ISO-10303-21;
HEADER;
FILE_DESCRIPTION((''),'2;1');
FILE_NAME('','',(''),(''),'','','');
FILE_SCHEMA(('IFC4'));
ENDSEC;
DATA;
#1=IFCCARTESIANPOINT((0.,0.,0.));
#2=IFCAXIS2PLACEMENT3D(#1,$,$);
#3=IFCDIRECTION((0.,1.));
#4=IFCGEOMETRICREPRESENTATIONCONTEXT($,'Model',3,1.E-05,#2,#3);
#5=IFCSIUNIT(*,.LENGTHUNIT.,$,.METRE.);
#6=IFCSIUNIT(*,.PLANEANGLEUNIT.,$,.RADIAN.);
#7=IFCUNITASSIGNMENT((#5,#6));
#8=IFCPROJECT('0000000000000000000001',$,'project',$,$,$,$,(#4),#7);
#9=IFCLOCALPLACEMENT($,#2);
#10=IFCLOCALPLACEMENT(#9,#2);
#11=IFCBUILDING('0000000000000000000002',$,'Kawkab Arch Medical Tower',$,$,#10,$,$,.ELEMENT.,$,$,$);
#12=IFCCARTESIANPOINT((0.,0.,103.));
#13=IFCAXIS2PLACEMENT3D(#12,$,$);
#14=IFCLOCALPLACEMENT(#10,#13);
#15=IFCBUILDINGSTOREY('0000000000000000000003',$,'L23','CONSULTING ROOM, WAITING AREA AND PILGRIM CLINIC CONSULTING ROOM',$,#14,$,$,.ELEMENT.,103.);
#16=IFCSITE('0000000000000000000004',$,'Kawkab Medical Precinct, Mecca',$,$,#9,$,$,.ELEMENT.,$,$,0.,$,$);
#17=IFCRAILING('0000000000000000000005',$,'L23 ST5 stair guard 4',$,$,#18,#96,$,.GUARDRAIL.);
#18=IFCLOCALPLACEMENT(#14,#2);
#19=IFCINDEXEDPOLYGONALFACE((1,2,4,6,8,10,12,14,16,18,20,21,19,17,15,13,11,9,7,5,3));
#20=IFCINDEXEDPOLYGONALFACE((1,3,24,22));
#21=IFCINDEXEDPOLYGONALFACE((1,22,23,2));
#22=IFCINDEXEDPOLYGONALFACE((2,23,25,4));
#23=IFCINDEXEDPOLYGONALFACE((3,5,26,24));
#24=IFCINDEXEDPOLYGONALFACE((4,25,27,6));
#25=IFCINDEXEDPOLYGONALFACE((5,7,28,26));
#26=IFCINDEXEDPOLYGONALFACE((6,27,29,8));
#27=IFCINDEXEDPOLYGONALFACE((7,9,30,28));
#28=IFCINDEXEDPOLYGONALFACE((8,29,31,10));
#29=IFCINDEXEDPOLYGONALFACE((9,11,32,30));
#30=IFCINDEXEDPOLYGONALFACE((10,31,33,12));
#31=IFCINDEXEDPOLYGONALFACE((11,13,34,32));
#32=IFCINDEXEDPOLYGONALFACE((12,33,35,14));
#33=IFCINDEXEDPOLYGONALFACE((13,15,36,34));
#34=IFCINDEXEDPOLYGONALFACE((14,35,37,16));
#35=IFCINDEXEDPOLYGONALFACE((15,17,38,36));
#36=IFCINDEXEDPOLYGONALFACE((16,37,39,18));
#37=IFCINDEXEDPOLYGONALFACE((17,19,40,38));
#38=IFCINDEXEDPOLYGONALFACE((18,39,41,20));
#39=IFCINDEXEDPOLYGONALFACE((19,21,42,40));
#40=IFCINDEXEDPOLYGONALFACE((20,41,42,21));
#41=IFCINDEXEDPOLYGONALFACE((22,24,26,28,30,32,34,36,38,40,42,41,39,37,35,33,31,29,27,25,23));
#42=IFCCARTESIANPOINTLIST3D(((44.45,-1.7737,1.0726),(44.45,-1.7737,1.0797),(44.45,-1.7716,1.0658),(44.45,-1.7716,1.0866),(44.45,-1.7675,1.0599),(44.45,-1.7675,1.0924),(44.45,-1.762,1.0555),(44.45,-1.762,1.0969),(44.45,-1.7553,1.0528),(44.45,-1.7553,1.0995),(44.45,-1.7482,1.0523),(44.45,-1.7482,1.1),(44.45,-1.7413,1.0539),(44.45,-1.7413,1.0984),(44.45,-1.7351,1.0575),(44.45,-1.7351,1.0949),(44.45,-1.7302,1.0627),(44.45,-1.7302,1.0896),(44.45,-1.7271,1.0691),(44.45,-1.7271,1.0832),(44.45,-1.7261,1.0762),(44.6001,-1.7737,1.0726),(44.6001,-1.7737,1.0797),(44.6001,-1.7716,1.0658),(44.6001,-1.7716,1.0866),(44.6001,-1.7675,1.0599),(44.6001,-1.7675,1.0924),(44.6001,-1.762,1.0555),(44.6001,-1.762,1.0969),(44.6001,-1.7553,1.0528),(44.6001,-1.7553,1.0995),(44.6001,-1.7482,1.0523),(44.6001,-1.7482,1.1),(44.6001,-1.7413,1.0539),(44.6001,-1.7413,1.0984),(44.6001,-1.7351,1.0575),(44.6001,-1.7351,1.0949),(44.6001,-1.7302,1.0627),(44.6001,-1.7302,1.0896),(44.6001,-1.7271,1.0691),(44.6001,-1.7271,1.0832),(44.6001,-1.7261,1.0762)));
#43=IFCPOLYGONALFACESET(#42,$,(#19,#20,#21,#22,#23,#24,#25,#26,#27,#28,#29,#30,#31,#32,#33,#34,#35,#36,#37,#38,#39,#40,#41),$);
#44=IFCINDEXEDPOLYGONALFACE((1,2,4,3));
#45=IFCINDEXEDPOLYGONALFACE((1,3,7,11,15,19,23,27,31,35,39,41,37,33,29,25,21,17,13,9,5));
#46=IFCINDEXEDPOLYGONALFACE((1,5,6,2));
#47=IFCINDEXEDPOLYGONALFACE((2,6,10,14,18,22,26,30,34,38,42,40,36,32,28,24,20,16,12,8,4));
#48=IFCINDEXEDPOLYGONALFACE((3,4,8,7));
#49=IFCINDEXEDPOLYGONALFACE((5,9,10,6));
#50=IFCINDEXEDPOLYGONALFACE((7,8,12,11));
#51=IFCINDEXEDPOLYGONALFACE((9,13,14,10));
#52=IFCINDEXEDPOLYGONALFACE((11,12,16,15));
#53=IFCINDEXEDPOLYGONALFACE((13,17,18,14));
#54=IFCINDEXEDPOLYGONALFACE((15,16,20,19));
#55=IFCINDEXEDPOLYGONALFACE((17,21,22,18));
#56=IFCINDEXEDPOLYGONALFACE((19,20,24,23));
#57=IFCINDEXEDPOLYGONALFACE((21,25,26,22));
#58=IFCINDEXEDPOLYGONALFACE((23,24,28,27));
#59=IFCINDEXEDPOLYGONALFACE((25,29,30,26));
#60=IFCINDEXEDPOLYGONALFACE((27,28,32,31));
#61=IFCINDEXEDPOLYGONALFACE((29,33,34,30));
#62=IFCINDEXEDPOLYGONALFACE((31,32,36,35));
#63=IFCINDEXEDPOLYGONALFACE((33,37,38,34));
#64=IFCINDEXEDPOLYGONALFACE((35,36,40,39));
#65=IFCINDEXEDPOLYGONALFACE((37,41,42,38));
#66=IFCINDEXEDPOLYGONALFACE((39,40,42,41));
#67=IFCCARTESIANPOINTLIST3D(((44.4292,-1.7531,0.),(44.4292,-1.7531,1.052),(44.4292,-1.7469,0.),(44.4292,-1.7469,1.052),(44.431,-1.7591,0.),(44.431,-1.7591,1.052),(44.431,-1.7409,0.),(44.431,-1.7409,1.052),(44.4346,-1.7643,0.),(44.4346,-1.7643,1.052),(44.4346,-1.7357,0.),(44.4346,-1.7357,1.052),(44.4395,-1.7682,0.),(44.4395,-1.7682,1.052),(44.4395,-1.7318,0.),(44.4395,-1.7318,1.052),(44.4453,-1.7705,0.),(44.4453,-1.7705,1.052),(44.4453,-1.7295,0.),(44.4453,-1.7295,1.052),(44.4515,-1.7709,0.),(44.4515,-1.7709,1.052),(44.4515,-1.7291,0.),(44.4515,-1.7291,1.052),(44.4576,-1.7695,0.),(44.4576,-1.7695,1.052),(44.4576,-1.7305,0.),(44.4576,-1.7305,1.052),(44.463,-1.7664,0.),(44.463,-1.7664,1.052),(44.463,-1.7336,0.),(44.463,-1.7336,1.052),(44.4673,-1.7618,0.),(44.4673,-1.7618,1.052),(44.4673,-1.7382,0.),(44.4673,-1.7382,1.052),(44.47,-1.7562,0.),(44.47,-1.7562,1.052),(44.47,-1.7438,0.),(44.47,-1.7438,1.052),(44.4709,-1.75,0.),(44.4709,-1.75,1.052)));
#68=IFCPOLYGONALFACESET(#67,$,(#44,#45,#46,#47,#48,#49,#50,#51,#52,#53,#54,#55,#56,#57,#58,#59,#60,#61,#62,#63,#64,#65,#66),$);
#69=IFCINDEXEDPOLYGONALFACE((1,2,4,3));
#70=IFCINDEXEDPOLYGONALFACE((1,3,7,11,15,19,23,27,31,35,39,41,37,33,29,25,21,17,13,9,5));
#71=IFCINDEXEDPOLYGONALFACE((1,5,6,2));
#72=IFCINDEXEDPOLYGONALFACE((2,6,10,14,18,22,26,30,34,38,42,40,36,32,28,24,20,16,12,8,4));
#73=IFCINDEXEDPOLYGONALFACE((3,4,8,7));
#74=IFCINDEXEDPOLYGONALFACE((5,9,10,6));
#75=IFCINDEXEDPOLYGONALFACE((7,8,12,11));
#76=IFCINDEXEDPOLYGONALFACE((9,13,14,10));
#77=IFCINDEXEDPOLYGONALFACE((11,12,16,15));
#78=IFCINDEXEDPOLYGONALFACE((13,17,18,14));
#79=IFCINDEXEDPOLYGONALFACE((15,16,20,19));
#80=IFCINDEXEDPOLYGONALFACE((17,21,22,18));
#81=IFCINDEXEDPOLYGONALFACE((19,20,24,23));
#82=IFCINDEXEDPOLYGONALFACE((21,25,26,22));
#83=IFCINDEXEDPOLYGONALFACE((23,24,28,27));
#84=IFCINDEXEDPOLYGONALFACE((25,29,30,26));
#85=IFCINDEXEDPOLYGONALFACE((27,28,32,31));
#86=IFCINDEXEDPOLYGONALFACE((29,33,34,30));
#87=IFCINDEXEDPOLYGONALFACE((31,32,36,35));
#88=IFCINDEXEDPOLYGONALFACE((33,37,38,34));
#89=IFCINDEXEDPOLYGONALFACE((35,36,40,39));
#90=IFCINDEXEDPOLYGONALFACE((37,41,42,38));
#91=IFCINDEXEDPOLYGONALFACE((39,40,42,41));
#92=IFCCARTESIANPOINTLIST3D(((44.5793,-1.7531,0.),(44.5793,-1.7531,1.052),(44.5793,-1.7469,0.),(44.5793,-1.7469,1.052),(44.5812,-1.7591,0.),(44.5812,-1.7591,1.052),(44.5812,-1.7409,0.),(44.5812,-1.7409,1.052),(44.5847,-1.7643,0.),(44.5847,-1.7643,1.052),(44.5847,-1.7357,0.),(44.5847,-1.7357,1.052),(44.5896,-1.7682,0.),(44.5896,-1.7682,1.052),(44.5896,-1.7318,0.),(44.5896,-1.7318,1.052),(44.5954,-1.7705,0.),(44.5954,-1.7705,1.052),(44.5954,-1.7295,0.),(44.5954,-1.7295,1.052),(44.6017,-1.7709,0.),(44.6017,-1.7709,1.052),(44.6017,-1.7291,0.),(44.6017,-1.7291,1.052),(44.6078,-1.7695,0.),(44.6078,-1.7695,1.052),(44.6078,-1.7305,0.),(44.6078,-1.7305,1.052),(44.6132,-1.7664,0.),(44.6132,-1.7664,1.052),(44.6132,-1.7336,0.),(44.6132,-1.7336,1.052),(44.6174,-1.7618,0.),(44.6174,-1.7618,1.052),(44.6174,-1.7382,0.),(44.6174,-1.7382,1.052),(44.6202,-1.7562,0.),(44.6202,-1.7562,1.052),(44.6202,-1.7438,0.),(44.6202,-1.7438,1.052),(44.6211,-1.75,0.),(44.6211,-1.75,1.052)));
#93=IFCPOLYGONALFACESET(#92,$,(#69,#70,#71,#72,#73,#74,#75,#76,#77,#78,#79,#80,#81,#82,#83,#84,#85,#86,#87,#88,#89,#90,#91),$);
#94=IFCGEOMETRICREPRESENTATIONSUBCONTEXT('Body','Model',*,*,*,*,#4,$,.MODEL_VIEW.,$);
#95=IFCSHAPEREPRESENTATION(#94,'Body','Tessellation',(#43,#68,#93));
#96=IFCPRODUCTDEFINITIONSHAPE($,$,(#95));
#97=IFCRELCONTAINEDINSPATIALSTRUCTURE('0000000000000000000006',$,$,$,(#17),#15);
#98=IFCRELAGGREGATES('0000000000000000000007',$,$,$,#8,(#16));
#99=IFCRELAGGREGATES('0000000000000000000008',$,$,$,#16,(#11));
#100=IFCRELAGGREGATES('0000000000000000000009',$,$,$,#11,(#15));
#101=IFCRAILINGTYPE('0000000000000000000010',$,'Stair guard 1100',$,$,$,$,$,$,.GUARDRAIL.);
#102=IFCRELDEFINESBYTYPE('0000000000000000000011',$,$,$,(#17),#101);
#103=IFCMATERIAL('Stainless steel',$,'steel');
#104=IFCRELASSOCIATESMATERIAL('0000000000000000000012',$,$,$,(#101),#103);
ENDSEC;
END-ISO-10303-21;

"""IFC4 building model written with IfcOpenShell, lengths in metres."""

from ifc_helpers import new_model, si_unit, direction, frame, origin, origin_2d, place, context, subcontext, project, spatial, circle, extrude, material, type_object, element, save


model = new_model("IFC4")

# Units and contexts
model_context = context("Model", 3, precision=1e-05, world=origin(), true_north=direction((0.0, 1.0)))
body_context = subcontext(model_context, "Body", "Model", "MODEL_VIEW")
ifc_project = project(units=[si_unit("LENGTHUNIT", "METRE"), si_unit("PLANEANGLEUNIT", "RADIAN")], contexts=[model_context])

# Site, building, storey
site_placement = place(None, origin())
site = spatial("IfcSite", under=ifc_project, at=site_placement, Name="Kawkab Medical Precinct, Mecca", CompositionType="ELEMENT", RefElevation=0.0)
building_placement = place(site_placement, origin())
building = spatial("IfcBuilding", under=site, at=building_placement, Name="Kawkab Arch Medical Tower", CompositionType="ELEMENT")
storey_placement = place(building_placement, frame((0.0, 0.0, 103.0)))
storey = spatial("IfcBuildingStorey", under=building, at=storey_placement, Name="L23", Description="CONSULTING ROOM, WAITING AREA AND PILGRIM CLINIC CONSULTING ROOM", CompositionType="ELEMENT", Elevation=103.0)

# Railing
ifc_material_1 = material(Name="Stainless steel", Category="steel")
railing_type = type_object("IfcRailingType", Name="Stair guard 1100", PredefinedType="GUARDRAIL", material=ifc_material_1)
railing_1_placement = place(storey_placement, frame((44.45, -1.75, 0.0)))
element("IfcRailing", 1, at=railing_1_placement, inside=storey, type_object=railing_type, Name="L23 ST5 stair guard 4", PredefinedType="GUARDRAIL", context=body_context, shape_type="SweptSolid", body=[
    extrude(circle(Radius=0.0239, at=origin_2d()), frame((0.0, 0.0, 1.0762), z_axis=(1.0, 0.0, 0.0), x_axis=(0.0, 1.0, 0.0)), (0.0, 0.0, 1.0), 0.1501),
    extrude(circle(Radius=0.021, at=origin_2d()), origin(), (0.0, 0.0, 1.0), 1.052),
    extrude(circle(Radius=0.021, at=origin_2d()), frame((0.1501, 0.0, 0.0)), (0.0, 0.0, 1.0), 1.052),
])

save(model, "model.ifc")
